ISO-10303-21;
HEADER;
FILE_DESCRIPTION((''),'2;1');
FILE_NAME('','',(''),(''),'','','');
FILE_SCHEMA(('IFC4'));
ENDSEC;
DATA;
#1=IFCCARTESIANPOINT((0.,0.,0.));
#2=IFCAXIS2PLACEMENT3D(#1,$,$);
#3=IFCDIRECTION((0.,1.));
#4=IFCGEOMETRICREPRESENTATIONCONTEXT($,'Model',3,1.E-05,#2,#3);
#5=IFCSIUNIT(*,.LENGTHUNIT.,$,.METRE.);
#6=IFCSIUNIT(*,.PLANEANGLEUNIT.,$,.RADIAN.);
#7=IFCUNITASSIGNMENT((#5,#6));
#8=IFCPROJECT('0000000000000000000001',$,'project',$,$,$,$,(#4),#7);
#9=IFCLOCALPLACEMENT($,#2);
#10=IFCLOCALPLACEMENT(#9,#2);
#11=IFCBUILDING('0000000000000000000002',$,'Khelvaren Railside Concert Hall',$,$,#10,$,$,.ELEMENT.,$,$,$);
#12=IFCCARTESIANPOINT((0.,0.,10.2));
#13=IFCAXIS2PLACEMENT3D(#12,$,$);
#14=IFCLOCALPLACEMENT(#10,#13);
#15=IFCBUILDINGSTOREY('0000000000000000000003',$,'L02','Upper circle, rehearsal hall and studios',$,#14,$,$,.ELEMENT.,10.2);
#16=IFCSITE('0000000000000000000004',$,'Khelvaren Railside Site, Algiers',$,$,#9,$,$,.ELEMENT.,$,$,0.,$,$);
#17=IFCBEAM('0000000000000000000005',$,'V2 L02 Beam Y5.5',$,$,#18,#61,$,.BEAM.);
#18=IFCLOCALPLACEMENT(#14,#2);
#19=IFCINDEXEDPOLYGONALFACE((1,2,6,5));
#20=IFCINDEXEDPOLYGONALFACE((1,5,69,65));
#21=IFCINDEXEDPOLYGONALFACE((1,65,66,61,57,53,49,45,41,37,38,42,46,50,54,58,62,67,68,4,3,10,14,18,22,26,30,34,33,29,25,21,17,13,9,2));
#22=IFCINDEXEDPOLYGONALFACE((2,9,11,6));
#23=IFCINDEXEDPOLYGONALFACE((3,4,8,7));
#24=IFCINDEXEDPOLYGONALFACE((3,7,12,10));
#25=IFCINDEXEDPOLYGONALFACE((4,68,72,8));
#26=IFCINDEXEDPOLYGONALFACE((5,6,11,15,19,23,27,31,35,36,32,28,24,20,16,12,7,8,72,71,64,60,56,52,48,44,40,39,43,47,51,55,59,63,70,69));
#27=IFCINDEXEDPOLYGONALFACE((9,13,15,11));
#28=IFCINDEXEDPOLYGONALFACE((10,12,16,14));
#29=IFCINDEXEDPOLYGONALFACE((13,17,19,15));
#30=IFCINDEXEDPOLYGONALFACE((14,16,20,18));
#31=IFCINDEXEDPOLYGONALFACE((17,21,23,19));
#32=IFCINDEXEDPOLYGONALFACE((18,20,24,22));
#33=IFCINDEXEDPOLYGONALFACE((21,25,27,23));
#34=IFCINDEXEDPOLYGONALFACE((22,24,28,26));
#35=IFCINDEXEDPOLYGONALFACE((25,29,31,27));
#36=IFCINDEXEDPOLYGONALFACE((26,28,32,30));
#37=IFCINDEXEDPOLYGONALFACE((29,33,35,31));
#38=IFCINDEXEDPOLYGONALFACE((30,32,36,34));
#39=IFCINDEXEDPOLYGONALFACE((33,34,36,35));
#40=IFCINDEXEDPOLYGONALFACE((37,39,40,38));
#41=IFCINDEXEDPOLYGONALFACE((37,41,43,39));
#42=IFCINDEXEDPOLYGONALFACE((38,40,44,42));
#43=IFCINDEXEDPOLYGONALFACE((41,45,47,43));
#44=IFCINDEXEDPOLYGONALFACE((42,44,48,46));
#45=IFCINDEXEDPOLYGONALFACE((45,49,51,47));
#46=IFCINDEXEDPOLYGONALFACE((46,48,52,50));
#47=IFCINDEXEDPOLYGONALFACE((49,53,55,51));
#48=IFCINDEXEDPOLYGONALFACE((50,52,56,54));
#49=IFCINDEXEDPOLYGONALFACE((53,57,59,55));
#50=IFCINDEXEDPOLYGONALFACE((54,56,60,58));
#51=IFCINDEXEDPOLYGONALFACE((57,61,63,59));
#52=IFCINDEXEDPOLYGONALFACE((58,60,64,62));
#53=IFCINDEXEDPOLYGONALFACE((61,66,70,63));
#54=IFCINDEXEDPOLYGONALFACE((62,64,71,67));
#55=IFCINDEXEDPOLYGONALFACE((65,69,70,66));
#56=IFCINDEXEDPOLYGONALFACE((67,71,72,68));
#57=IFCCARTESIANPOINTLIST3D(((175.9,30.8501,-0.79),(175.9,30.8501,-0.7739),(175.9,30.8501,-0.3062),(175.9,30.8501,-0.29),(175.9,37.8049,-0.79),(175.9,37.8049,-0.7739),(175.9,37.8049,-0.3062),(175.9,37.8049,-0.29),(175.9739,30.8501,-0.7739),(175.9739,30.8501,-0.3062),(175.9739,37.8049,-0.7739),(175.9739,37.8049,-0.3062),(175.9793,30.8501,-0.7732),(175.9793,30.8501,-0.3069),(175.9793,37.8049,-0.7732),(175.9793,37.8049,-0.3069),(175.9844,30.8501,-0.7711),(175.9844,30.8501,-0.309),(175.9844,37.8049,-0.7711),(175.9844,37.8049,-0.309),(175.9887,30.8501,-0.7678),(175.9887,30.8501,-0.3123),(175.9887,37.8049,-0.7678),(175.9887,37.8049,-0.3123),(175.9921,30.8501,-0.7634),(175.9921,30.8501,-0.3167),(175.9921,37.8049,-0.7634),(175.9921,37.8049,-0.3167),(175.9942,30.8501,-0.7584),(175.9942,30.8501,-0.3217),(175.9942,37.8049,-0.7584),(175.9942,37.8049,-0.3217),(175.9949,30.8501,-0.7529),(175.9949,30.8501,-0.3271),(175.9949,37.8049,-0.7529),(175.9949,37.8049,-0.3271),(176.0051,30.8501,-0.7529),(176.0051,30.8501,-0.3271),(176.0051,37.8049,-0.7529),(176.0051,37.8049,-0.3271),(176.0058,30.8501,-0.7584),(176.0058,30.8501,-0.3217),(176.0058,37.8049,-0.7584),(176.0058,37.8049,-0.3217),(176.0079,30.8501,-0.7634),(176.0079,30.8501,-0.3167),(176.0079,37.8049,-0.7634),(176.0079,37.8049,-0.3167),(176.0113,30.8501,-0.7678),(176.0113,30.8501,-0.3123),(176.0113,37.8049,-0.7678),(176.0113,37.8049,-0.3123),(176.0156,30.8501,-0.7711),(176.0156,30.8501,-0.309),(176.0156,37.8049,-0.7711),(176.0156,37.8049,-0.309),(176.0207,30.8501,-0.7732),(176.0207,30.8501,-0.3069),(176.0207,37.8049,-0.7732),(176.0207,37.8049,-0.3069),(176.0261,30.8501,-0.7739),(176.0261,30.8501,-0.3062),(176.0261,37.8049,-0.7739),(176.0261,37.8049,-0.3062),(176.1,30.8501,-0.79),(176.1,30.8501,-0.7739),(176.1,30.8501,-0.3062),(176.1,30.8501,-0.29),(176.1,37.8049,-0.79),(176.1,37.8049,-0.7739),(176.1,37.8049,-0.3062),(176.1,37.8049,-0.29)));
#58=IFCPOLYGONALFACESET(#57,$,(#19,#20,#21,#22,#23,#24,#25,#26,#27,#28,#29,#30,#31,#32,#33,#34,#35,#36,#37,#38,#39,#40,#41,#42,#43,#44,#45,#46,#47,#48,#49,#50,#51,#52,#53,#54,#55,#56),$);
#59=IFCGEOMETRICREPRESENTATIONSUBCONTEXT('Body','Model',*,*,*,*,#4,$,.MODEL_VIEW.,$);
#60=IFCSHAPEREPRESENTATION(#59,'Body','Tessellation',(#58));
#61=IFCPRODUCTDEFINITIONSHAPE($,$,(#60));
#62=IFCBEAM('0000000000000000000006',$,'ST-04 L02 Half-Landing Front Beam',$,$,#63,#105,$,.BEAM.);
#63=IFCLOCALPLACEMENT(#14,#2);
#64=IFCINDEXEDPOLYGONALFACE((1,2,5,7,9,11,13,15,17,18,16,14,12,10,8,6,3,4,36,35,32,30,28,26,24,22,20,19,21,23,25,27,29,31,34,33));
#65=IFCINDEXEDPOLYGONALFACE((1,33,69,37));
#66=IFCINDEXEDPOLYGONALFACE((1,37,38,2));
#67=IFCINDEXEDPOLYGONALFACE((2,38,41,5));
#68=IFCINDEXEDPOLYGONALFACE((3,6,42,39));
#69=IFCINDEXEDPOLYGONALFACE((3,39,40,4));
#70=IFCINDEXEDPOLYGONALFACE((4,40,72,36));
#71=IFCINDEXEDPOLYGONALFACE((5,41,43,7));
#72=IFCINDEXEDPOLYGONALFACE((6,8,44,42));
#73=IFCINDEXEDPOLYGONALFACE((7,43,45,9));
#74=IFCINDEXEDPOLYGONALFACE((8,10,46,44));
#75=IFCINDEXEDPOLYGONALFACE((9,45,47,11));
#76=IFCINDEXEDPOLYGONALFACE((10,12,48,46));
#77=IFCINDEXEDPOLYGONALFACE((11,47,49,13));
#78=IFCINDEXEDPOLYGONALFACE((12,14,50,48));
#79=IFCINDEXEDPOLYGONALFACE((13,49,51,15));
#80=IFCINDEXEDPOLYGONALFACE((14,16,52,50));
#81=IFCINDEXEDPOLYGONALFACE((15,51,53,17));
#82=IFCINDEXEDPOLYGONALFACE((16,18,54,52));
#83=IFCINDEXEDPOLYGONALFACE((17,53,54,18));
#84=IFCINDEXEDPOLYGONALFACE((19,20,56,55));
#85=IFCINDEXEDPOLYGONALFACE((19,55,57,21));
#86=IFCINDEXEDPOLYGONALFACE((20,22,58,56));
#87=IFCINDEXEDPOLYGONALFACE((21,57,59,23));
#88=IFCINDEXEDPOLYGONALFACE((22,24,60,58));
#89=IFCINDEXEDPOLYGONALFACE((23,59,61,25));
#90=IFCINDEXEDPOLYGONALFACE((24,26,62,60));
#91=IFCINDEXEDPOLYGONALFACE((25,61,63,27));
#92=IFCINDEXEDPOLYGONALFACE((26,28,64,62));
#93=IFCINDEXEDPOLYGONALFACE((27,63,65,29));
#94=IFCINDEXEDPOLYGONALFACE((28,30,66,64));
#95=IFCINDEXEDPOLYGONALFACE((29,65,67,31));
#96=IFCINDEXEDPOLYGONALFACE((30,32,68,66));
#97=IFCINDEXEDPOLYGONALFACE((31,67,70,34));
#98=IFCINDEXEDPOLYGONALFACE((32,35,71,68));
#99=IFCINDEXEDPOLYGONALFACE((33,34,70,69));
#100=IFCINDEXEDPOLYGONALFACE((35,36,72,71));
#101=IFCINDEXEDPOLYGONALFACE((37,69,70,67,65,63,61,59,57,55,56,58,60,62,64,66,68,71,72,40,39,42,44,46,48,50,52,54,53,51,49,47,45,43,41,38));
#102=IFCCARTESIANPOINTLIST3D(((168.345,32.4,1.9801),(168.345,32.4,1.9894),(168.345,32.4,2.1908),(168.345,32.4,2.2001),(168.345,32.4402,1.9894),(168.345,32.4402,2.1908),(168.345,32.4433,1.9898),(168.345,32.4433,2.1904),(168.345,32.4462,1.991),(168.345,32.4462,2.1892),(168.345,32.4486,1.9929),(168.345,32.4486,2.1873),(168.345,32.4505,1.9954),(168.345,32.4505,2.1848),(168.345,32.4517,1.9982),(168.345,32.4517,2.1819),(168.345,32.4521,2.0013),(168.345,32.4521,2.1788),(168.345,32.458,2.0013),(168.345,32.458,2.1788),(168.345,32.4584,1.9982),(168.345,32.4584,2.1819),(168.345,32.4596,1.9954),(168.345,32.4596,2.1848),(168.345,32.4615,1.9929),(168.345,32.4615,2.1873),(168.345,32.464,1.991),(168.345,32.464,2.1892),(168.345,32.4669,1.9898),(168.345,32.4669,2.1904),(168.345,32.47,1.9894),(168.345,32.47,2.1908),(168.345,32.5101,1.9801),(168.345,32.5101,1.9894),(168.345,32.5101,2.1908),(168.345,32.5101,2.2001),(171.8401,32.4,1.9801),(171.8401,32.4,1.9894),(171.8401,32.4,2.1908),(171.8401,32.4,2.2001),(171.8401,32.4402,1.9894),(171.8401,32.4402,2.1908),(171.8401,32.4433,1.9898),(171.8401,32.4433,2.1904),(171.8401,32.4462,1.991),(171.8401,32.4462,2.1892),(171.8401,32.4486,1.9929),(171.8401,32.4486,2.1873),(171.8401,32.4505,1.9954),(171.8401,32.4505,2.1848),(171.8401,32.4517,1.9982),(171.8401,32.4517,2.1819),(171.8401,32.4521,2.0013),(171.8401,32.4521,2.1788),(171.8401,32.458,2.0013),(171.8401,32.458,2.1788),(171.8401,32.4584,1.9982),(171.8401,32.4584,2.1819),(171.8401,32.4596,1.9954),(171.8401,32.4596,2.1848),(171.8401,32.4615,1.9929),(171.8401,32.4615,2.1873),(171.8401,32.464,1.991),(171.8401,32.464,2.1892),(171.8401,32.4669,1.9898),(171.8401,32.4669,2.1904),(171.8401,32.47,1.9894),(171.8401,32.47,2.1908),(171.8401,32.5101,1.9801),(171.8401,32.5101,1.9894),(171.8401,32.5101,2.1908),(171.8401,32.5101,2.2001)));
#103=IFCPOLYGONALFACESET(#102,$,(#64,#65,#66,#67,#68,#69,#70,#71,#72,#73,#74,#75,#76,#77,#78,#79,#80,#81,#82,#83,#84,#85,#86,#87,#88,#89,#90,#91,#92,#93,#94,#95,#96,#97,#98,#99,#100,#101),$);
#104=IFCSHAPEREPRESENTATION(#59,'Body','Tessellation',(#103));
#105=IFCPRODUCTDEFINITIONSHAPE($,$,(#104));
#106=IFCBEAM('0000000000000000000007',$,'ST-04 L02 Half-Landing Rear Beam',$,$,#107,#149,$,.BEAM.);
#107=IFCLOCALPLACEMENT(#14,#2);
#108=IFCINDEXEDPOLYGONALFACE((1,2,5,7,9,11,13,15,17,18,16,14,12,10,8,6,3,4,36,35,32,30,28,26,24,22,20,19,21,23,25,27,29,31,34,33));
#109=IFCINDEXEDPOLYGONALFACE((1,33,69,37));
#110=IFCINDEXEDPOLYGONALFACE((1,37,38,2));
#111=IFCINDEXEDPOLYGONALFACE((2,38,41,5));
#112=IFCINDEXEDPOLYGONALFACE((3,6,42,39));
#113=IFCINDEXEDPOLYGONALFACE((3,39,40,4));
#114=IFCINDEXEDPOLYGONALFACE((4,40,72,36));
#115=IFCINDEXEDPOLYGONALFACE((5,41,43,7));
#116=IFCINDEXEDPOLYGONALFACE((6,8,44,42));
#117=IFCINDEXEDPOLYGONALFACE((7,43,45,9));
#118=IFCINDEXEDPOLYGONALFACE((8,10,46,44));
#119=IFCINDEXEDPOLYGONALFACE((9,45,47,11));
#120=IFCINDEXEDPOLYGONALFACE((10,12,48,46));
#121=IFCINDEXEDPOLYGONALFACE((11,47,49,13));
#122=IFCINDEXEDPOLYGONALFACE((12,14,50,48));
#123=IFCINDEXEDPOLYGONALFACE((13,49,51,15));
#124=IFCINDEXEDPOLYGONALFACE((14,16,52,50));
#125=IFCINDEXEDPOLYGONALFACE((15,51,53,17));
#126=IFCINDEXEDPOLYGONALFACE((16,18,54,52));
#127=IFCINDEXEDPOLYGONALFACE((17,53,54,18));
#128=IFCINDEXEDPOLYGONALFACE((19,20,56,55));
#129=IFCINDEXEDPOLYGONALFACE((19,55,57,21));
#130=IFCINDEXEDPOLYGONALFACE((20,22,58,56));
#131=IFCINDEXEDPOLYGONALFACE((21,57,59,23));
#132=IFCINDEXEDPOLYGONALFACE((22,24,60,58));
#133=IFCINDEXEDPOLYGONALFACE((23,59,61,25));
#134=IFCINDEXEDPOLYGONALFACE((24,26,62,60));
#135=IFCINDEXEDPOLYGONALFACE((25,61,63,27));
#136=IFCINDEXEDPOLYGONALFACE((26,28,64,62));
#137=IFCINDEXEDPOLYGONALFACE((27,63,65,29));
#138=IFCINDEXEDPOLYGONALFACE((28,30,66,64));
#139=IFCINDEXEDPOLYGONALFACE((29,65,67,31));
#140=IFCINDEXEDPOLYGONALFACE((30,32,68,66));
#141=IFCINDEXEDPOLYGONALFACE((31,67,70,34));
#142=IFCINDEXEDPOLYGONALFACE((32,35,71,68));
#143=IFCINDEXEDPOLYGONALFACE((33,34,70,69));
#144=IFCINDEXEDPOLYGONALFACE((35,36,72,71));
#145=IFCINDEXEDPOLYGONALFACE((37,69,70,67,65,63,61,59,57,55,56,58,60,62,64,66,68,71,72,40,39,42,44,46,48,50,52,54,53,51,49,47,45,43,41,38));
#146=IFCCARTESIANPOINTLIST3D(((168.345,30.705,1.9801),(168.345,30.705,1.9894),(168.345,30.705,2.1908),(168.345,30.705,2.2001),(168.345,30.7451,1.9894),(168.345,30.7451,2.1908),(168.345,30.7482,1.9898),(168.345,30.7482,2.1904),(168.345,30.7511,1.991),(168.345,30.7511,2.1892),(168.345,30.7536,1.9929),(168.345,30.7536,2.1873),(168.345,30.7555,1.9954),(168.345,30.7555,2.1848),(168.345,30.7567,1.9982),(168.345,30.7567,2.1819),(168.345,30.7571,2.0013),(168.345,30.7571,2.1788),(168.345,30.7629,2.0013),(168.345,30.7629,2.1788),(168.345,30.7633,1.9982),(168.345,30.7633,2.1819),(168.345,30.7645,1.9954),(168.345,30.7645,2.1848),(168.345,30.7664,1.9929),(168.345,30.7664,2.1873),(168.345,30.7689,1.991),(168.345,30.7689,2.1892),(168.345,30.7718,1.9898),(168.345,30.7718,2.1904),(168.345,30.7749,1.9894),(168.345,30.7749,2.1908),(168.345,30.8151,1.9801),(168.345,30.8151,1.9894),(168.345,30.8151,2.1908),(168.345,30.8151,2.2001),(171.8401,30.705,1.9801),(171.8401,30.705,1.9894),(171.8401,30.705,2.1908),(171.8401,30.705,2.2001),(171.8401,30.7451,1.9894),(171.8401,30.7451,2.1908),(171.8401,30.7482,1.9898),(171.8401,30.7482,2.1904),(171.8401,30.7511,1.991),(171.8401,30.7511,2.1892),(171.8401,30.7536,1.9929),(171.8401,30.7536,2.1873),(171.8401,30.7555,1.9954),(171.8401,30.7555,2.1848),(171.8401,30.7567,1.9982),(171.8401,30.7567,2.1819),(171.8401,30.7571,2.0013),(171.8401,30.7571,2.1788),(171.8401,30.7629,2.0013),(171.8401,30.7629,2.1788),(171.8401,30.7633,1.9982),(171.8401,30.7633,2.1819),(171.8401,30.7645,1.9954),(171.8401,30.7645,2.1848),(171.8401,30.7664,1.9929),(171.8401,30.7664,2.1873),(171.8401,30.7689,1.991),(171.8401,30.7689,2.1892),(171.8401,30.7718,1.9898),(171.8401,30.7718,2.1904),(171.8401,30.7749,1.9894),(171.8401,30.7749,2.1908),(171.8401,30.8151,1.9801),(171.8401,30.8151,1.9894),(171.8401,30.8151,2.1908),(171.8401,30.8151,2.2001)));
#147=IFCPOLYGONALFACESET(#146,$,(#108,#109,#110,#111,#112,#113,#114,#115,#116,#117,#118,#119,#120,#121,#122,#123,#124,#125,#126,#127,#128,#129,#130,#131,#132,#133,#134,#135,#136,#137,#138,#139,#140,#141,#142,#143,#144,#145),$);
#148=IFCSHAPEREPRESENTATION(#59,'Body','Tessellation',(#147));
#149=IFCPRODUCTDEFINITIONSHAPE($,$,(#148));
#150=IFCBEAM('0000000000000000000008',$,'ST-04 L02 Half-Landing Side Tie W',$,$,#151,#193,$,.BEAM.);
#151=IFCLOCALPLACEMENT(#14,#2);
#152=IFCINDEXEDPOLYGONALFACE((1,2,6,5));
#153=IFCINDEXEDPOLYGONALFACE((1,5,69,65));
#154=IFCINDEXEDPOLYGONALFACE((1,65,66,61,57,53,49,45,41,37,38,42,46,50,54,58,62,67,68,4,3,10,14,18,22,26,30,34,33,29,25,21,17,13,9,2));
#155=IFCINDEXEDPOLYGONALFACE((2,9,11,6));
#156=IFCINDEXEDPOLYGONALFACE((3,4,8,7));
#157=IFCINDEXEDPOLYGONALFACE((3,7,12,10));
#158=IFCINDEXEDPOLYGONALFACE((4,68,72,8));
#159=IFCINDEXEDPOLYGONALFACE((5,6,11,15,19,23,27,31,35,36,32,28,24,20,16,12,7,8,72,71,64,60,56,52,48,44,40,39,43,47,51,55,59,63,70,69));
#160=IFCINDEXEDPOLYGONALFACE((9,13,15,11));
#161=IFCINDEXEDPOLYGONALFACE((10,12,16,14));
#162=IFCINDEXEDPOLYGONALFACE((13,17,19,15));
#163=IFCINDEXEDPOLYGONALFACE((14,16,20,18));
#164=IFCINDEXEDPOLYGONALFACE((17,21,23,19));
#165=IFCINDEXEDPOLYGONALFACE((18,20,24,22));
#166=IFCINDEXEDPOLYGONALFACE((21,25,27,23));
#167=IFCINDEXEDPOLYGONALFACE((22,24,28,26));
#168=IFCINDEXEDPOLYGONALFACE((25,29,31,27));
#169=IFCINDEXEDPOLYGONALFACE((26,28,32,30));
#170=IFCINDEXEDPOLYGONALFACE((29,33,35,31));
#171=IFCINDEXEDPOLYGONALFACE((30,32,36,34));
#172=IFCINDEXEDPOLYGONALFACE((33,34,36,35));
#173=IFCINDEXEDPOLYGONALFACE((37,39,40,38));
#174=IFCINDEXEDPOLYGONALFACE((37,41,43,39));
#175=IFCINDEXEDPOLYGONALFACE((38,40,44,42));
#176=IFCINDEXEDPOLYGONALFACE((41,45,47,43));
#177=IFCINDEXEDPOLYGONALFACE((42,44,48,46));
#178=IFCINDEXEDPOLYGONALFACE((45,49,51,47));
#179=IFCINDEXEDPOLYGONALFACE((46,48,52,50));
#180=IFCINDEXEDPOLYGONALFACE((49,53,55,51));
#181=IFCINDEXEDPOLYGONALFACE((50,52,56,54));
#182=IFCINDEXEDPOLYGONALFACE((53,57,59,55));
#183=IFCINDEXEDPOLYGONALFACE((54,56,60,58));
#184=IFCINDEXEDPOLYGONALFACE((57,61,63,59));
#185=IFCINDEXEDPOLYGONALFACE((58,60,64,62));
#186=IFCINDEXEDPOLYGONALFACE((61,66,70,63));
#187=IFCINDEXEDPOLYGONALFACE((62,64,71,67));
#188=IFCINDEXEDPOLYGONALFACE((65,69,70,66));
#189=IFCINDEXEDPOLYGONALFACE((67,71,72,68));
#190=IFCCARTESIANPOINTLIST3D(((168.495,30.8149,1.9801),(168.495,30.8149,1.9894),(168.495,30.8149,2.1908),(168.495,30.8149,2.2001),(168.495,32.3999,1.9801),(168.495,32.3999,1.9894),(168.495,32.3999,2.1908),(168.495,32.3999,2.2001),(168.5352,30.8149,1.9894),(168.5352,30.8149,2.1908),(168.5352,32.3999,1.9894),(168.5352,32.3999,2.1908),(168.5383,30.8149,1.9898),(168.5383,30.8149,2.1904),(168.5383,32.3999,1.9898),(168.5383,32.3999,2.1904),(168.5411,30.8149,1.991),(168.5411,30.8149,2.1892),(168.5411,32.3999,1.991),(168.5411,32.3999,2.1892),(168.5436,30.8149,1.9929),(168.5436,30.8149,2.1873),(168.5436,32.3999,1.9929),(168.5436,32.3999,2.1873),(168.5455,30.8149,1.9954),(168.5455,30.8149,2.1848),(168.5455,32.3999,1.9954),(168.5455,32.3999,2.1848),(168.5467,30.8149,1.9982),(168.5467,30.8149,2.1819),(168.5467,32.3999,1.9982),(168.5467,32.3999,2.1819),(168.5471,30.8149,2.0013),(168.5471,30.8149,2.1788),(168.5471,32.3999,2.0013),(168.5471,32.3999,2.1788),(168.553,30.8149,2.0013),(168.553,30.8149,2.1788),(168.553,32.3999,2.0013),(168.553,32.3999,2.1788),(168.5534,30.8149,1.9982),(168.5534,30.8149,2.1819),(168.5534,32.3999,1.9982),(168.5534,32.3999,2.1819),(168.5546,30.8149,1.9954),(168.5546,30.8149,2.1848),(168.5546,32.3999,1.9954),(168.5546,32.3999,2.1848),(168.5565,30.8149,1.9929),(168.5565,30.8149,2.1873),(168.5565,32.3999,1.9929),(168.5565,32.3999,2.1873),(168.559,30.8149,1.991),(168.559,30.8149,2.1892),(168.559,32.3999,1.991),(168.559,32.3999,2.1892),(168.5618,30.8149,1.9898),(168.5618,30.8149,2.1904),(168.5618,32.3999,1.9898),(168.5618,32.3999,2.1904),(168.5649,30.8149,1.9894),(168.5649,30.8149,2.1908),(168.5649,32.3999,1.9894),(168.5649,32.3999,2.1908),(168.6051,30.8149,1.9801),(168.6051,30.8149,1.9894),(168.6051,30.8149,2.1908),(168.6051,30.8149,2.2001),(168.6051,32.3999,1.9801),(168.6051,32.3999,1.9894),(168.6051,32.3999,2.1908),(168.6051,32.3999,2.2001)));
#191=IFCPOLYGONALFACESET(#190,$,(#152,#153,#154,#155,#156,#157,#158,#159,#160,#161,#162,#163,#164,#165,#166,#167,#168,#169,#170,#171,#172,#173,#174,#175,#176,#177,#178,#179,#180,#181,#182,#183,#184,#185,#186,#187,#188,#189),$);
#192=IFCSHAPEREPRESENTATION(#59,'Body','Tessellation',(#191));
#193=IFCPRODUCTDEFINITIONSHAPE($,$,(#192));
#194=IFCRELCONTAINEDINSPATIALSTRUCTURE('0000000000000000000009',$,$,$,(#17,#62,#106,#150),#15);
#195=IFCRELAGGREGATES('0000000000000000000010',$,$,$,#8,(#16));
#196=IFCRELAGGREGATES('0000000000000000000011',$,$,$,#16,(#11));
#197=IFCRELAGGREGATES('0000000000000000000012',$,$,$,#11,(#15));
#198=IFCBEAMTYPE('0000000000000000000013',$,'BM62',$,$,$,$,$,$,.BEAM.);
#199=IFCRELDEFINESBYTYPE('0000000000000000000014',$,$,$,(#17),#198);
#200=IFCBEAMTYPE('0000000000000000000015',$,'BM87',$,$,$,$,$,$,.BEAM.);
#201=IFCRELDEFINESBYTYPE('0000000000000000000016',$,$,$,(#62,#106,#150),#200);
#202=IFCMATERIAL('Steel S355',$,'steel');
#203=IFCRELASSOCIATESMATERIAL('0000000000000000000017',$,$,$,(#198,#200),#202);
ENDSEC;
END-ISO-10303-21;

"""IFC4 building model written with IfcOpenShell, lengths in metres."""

from ifc_helpers import new_model, si_unit, direction, frame, origin, origin_2d, place, context, subcontext, project, spatial, i_section, extrude, material, material_profile, profile_set, type_object, element, save


model = new_model("IFC4")

# Units and contexts
model_context = context("Model", 3, precision=1e-05, world=origin(), true_north=direction((0.0, 1.0)))
body_context = subcontext(model_context, "Body", "Model", "MODEL_VIEW")
ifc_project = project(units=[si_unit("LENGTHUNIT", "METRE"), si_unit("PLANEANGLEUNIT", "RADIAN")], contexts=[model_context])

# Site, building, storey
site_placement = place(None, origin())
site = spatial("IfcSite", under=ifc_project, at=site_placement, Name="Khelvaren Railside Site, Algiers", CompositionType="ELEMENT", RefElevation=0.0)
building_placement = place(site_placement, origin())
building = spatial("IfcBuilding", under=site, at=building_placement, Name="Khelvaren Railside Concert Hall", CompositionType="ELEMENT")
storey_placement = place(building_placement, frame((0.0, 0.0, 10.2)))
storey = spatial("IfcBuildingStorey", under=building, at=storey_placement, Name="L02", Description="Upper circle, rehearsal hall and studios", CompositionType="ELEMENT", Elevation=10.2)

# Beams
ifc_material_1 = material(Name="Steel S355", Category="steel")
ifc_material_profile_1 = material_profile(ifc_material_1, i_section(OverallWidth=0.2, OverallDepth=0.5, WebThickness=0.0103, FlangeThickness=0.0161, FilletRadius=0.021, at=origin_2d()), Name="IPE 500")
ifc_profile_set_1 = profile_set([ifc_material_profile_1], Name="Steel S355")
beam_type_1 = type_object("IfcBeamType", Name="BM62", PredefinedType="BEAM", material=ifc_profile_set_1)
beam_1_placement = place(storey_placement, frame((176.0, 30.8501, -0.54), z_axis=(0.0, 1.0, 0.0), x_axis=(-1.0, 0.0, 0.0)))
element("IfcBeam", 1, at=beam_1_placement, inside=storey, type_object=beam_type_1, Name="V2 L02 Beam Y5.5", PredefinedType="BEAM", context=body_context, shape_type="SweptSolid", body=[
    extrude(i_section(OverallWidth=0.2, OverallDepth=0.5, WebThickness=0.0103, FlangeThickness=0.0161, FilletRadius=0.021, at=origin_2d()), origin(), (0.0, 0.0, 1.0), 6.9548),
])
ifc_material_profile_2 = material_profile(ifc_material_1, i_section(OverallWidth=0.1101, OverallDepth=0.22, WebThickness=0.0059, FlangeThickness=0.0093, FilletRadius=0.012, at=origin_2d()), Name="IPE 220")
ifc_profile_set_2 = profile_set([ifc_material_profile_2], Name="Steel S355")
beam_type_2 = type_object("IfcBeamType", Name="BM87", PredefinedType="BEAM", material=ifc_profile_set_2)
for number, where, z_axis, x_axis, name in (
    (2, (168.345, 32.4551, 2.0901), (1.0, 0.0, 0.0), (0.0, 1.0, 0.0), "ST-04 L02 Half-Landing Front Beam"),
    (3, (168.345, 30.76, 2.0901), (1.0, 0.0, 0.0), (0.0, 1.0, 0.0), "ST-04 L02 Half-Landing Rear Beam"),
):
    element("IfcBeam", number, at=place(storey_placement, frame(where, z_axis=z_axis, x_axis=x_axis)), inside=storey, type_object=beam_type_2, Name=name, PredefinedType="BEAM", context=body_context, shape_type="SweptSolid", body=[
        extrude(i_section(OverallWidth=0.1101, OverallDepth=0.22, WebThickness=0.0059, FlangeThickness=0.0093, FilletRadius=0.012, at=origin_2d()), origin(), (0.0, 0.0, 1.0), 3.4951),
    ])
for number, where, z_axis, x_axis, name in (
    (4, (168.55, 30.8149, 2.0901), (0.0, 1.0, 0.0), (-1.0, 0.0, 0.0), "ST-04 L02 Half-Landing Side Tie W"),
):
    element("IfcBeam", number, at=place(storey_placement, frame(where, z_axis=z_axis, x_axis=x_axis)), inside=storey, type_object=beam_type_2, Name=name, PredefinedType="BEAM", context=body_context, shape_type="SweptSolid", body=[
        extrude(i_section(OverallWidth=0.1101, OverallDepth=0.22, WebThickness=0.0059, FlangeThickness=0.0093, FilletRadius=0.012, at=origin_2d()), origin(), (0.0, 0.0, 1.0), 1.585),
    ])

save(model, "model.ifc")
